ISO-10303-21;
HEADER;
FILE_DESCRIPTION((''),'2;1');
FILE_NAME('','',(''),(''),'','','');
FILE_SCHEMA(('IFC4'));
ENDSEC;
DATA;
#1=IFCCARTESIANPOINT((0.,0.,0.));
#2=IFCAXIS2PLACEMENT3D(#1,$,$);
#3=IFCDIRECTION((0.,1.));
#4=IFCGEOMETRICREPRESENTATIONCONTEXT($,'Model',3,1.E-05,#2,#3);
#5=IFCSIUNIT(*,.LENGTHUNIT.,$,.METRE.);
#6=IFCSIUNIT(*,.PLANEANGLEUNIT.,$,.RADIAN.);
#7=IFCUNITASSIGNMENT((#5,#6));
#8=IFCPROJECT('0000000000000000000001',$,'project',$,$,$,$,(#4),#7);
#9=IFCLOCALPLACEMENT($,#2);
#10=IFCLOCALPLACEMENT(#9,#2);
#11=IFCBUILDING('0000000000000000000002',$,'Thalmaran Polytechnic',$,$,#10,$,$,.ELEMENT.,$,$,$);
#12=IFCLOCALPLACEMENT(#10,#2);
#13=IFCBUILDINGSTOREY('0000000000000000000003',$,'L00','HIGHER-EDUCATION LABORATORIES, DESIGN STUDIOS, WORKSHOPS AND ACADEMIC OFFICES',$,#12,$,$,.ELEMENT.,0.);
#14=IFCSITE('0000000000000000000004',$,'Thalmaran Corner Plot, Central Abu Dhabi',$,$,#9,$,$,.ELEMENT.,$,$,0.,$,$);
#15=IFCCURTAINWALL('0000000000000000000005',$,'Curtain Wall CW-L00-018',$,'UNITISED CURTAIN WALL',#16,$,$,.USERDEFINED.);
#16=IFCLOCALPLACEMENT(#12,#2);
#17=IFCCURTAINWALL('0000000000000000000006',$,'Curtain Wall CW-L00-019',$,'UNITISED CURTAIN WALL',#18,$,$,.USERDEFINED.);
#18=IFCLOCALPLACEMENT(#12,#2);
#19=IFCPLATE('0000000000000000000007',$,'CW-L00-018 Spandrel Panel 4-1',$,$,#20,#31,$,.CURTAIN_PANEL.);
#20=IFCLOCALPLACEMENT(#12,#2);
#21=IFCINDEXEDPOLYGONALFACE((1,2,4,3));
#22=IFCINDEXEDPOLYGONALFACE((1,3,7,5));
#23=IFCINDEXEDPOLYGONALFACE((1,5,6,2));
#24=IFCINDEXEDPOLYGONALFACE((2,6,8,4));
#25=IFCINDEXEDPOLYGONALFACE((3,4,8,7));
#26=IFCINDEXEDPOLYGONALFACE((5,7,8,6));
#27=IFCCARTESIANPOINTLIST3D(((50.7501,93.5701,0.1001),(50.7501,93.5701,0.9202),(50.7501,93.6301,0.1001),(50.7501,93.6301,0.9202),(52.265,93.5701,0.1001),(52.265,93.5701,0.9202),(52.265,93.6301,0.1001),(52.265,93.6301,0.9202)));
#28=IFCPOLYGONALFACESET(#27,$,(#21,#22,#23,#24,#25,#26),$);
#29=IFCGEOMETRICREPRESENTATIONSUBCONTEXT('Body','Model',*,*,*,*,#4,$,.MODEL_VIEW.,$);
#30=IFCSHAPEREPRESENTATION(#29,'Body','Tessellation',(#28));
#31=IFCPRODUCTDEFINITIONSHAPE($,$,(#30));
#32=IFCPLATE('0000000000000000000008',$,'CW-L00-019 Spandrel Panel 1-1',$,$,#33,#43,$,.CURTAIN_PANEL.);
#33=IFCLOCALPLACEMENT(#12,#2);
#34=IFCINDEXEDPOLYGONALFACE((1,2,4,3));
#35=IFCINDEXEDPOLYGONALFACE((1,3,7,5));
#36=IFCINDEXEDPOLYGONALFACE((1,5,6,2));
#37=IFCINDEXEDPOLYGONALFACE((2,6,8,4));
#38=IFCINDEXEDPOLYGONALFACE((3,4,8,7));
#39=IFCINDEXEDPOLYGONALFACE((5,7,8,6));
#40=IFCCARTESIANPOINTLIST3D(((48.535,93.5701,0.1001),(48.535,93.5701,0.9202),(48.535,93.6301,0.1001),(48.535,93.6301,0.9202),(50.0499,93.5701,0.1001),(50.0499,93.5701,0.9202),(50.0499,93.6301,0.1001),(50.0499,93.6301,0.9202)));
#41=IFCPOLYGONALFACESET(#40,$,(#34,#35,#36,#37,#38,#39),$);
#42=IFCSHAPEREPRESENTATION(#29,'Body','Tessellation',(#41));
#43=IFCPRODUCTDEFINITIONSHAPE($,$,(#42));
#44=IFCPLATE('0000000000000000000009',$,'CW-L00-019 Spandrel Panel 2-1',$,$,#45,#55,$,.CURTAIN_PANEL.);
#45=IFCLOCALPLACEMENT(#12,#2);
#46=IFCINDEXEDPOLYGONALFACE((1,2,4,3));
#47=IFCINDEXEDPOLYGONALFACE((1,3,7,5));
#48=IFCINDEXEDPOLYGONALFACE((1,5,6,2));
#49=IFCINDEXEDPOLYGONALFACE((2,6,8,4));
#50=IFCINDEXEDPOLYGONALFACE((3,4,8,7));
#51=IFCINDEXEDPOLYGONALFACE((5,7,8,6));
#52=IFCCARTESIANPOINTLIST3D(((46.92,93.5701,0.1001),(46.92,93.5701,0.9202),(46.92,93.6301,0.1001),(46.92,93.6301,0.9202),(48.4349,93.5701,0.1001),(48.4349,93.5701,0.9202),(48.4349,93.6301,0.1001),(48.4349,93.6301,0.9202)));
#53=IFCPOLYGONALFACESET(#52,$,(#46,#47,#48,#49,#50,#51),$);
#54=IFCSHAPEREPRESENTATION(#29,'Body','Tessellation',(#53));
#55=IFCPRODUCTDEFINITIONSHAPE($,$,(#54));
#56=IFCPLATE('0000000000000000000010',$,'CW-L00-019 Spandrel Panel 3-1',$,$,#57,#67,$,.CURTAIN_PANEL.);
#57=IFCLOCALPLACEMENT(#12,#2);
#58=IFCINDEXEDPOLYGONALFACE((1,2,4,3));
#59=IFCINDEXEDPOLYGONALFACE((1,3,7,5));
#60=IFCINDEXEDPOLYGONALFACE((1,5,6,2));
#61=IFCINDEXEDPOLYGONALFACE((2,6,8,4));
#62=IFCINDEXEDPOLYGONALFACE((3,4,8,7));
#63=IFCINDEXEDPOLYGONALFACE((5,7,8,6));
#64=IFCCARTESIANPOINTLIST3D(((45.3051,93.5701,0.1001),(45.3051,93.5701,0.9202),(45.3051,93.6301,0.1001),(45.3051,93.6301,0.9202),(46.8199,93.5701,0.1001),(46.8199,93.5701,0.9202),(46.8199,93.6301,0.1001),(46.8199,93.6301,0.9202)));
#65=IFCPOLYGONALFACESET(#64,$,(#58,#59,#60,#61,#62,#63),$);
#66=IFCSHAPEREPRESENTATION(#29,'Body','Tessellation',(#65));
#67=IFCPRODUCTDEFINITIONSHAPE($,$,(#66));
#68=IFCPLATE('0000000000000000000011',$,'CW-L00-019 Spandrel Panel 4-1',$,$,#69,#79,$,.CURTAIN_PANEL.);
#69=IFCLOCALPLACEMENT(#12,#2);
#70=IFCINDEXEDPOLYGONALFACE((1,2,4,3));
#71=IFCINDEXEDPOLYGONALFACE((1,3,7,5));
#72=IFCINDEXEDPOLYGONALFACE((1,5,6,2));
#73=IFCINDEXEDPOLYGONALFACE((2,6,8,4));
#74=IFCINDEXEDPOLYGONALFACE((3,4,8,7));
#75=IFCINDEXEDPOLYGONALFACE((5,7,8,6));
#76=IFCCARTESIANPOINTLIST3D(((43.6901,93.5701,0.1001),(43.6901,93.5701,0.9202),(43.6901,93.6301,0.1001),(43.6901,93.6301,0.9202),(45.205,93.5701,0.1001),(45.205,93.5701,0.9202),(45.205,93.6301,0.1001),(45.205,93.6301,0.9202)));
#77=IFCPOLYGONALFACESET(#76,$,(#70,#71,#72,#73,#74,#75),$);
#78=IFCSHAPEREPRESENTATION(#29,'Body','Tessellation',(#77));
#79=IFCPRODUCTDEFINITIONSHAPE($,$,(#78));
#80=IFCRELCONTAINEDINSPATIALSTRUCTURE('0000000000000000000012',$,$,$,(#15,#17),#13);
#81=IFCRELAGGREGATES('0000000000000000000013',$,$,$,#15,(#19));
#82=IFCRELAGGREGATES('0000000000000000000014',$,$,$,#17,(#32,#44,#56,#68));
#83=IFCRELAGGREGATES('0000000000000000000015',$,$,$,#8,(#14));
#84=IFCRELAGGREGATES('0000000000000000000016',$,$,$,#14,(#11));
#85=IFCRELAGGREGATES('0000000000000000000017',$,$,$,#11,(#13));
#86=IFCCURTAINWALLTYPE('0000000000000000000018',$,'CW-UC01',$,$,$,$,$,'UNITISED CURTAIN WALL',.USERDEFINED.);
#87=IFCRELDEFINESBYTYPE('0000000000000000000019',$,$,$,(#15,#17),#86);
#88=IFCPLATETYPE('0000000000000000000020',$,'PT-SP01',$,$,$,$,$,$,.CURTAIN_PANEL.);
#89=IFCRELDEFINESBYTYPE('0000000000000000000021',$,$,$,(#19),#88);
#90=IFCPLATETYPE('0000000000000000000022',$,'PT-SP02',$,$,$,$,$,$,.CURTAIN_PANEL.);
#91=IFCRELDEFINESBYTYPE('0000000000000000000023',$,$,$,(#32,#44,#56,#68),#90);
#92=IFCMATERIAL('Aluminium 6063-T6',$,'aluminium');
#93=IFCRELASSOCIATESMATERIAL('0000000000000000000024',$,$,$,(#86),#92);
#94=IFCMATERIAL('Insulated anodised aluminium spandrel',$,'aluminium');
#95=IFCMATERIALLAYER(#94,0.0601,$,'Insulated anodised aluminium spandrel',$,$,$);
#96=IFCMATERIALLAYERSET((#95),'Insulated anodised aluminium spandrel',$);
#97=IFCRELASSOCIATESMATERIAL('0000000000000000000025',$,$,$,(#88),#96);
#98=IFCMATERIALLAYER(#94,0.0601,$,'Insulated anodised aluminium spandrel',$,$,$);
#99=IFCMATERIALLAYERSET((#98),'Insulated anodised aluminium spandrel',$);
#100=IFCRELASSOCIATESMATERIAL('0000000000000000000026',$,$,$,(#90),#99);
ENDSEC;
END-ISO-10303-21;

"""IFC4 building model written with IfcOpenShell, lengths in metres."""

from ifc_helpers import new_model, si_unit, direction, frame, origin, origin_2d, place, context, subcontext, project, spatial, rectangle, extrude, material, layer, layer_set, type_object, element, aggregate, save


model = new_model("IFC4")

# Units and contexts
model_context = context("Model", 3, precision=1e-05, world=origin(), true_north=direction((0.0, 1.0)))
body_context = subcontext(model_context, "Body", "Model", "MODEL_VIEW")
ifc_project = project(units=[si_unit("LENGTHUNIT", "METRE"), si_unit("PLANEANGLEUNIT", "RADIAN")], contexts=[model_context])

# Site, building, storey
site_placement = place(None, origin())
site = spatial("IfcSite", under=ifc_project, at=site_placement, Name="Thalmaran Corner Plot, Central Abu Dhabi", CompositionType="ELEMENT", RefElevation=0.0)
building_placement = place(site_placement, origin())
building = spatial("IfcBuilding", under=site, at=building_placement, Name="Thalmaran Polytechnic", CompositionType="ELEMENT")
storey_placement = place(building_placement, origin())
storey = spatial("IfcBuildingStorey", under=building, at=storey_placement, Name="L00", Description="HIGHER-EDUCATION LABORATORIES, DESIGN STUDIOS, WORKSHOPS AND ACADEMIC OFFICES", CompositionType="ELEMENT", Elevation=0.0)

# Curtain wall
ifc_material_1 = material(Name="Aluminium 6063-T6", Category="aluminium")
curtain_wall_type = type_object("IfcCurtainWallType", Name="CW-UC01", ElementType="UNITISED CURTAIN WALL", PredefinedType="USERDEFINED", material=ifc_material_1)
curtain_wall_1_placement = place(storey_placement, origin())
curtain_wall_1 = element("IfcCurtainWall", 1, at=curtain_wall_1_placement, inside=storey, type_object=curtain_wall_type, Name="Curtain Wall CW-L00-018", ObjectType="UNITISED CURTAIN WALL", PredefinedType="USERDEFINED")

# Curtain wall
curtain_wall_2_placement = place(storey_placement, origin())
curtain_wall_2 = element("IfcCurtainWall", 2, at=curtain_wall_2_placement, inside=storey, type_object=curtain_wall_type, Name="Curtain Wall CW-L00-019", ObjectType="UNITISED CURTAIN WALL", PredefinedType="USERDEFINED")

# Plates
ifc_material_2 = material(Name="Insulated anodised aluminium spandrel", Category="aluminium")
ifc_layer_1 = layer(ifc_material_2, 0.0601, Name="Insulated anodised aluminium spandrel")
ifc_layer_set_1 = layer_set([ifc_layer_1], Name="Insulated anodised aluminium spandrel")
plate_type_1 = type_object("IfcPlateType", Name="PT-SP01", PredefinedType="CURTAIN_PANEL", material=ifc_layer_set_1)
plate_1_placement = place(storey_placement, frame((51.5076, 93.6001, 0.1001), z_axis=(0.0, 0.0, 1.0), x_axis=(-1.0, 0.0, 0.0)))
plate_1 = element("IfcPlate", 3, at=plate_1_placement, type_object=plate_type_1, Name="CW-L00-018 Spandrel Panel 4-1", PredefinedType="CURTAIN_PANEL", context=body_context, shape_type="SweptSolid", body=[
    extrude(rectangle(XDim=1.5149, YDim=0.0601, at=origin_2d()), origin(), (0.0, 0.0, 1.0), 0.8201),
])
aggregate(curtain_wall_1, [plate_1])
ifc_layer_2 = layer(ifc_material_2, 0.0601, Name="Insulated anodised aluminium spandrel")
ifc_layer_set_2 = layer_set([ifc_layer_2], Name="Insulated anodised aluminium spandrel")
plate_type_2 = type_object("IfcPlateType", Name="PT-SP02", PredefinedType="CURTAIN_PANEL", material=ifc_layer_set_2)
plate_2_placement = place(storey_placement, frame((49.2925, 93.6001, 0.1001), z_axis=(0.0, 0.0, 1.0), x_axis=(-1.0, 0.0, 0.0)))
plate_2 = element("IfcPlate", 4, at=plate_2_placement, type_object=plate_type_2, Name="CW-L00-019 Spandrel Panel 1-1", PredefinedType="CURTAIN_PANEL", context=body_context, shape_type="SweptSolid", body=[
    extrude(rectangle(XDim=1.5149, YDim=0.0601, at=origin_2d()), origin(), (0.0, 0.0, 1.0), 0.8201),
])
plate_3_placement = place(storey_placement, frame((47.6775, 93.6001, 0.1001), z_axis=(0.0, 0.0, 1.0), x_axis=(-1.0, 0.0, 0.0)))
plate_3 = element("IfcPlate", 5, at=plate_3_placement, type_object=plate_type_2, Name="CW-L00-019 Spandrel Panel 2-1", PredefinedType="CURTAIN_PANEL", context=body_context, shape_type="SweptSolid", body=[
    extrude(rectangle(XDim=1.5149, YDim=0.0601, at=origin_2d()), origin(), (0.0, 0.0, 1.0), 0.8201),
])
plate_4_placement = place(storey_placement, frame((46.0625, 93.6001, 0.1001), z_axis=(0.0, 0.0, 1.0), x_axis=(-1.0, 0.0, 0.0)))
plate_4 = element("IfcPlate", 6, at=plate_4_placement, type_object=plate_type_2, Name="CW-L00-019 Spandrel Panel 3-1", PredefinedType="CURTAIN_PANEL", context=body_context, shape_type="SweptSolid", body=[
    extrude(rectangle(XDim=1.5149, YDim=0.0601, at=origin_2d()), origin(), (0.0, 0.0, 1.0), 0.8201),
])
plate_5_placement = place(storey_placement, frame((44.4475, 93.6001, 0.1001), z_axis=(0.0, 0.0, 1.0), x_axis=(-1.0, 0.0, 0.0)))
plate_5 = element("IfcPlate", 7, at=plate_5_placement, type_object=plate_type_2, Name="CW-L00-019 Spandrel Panel 4-1", PredefinedType="CURTAIN_PANEL", context=body_context, shape_type="SweptSolid", body=[
    extrude(rectangle(XDim=1.5149, YDim=0.0601, at=origin_2d()), origin(), (0.0, 0.0, 1.0), 0.8201),
])
aggregate(curtain_wall_2, [plate_2, plate_3, plate_4, plate_5])

save(model, "model.ifc")
